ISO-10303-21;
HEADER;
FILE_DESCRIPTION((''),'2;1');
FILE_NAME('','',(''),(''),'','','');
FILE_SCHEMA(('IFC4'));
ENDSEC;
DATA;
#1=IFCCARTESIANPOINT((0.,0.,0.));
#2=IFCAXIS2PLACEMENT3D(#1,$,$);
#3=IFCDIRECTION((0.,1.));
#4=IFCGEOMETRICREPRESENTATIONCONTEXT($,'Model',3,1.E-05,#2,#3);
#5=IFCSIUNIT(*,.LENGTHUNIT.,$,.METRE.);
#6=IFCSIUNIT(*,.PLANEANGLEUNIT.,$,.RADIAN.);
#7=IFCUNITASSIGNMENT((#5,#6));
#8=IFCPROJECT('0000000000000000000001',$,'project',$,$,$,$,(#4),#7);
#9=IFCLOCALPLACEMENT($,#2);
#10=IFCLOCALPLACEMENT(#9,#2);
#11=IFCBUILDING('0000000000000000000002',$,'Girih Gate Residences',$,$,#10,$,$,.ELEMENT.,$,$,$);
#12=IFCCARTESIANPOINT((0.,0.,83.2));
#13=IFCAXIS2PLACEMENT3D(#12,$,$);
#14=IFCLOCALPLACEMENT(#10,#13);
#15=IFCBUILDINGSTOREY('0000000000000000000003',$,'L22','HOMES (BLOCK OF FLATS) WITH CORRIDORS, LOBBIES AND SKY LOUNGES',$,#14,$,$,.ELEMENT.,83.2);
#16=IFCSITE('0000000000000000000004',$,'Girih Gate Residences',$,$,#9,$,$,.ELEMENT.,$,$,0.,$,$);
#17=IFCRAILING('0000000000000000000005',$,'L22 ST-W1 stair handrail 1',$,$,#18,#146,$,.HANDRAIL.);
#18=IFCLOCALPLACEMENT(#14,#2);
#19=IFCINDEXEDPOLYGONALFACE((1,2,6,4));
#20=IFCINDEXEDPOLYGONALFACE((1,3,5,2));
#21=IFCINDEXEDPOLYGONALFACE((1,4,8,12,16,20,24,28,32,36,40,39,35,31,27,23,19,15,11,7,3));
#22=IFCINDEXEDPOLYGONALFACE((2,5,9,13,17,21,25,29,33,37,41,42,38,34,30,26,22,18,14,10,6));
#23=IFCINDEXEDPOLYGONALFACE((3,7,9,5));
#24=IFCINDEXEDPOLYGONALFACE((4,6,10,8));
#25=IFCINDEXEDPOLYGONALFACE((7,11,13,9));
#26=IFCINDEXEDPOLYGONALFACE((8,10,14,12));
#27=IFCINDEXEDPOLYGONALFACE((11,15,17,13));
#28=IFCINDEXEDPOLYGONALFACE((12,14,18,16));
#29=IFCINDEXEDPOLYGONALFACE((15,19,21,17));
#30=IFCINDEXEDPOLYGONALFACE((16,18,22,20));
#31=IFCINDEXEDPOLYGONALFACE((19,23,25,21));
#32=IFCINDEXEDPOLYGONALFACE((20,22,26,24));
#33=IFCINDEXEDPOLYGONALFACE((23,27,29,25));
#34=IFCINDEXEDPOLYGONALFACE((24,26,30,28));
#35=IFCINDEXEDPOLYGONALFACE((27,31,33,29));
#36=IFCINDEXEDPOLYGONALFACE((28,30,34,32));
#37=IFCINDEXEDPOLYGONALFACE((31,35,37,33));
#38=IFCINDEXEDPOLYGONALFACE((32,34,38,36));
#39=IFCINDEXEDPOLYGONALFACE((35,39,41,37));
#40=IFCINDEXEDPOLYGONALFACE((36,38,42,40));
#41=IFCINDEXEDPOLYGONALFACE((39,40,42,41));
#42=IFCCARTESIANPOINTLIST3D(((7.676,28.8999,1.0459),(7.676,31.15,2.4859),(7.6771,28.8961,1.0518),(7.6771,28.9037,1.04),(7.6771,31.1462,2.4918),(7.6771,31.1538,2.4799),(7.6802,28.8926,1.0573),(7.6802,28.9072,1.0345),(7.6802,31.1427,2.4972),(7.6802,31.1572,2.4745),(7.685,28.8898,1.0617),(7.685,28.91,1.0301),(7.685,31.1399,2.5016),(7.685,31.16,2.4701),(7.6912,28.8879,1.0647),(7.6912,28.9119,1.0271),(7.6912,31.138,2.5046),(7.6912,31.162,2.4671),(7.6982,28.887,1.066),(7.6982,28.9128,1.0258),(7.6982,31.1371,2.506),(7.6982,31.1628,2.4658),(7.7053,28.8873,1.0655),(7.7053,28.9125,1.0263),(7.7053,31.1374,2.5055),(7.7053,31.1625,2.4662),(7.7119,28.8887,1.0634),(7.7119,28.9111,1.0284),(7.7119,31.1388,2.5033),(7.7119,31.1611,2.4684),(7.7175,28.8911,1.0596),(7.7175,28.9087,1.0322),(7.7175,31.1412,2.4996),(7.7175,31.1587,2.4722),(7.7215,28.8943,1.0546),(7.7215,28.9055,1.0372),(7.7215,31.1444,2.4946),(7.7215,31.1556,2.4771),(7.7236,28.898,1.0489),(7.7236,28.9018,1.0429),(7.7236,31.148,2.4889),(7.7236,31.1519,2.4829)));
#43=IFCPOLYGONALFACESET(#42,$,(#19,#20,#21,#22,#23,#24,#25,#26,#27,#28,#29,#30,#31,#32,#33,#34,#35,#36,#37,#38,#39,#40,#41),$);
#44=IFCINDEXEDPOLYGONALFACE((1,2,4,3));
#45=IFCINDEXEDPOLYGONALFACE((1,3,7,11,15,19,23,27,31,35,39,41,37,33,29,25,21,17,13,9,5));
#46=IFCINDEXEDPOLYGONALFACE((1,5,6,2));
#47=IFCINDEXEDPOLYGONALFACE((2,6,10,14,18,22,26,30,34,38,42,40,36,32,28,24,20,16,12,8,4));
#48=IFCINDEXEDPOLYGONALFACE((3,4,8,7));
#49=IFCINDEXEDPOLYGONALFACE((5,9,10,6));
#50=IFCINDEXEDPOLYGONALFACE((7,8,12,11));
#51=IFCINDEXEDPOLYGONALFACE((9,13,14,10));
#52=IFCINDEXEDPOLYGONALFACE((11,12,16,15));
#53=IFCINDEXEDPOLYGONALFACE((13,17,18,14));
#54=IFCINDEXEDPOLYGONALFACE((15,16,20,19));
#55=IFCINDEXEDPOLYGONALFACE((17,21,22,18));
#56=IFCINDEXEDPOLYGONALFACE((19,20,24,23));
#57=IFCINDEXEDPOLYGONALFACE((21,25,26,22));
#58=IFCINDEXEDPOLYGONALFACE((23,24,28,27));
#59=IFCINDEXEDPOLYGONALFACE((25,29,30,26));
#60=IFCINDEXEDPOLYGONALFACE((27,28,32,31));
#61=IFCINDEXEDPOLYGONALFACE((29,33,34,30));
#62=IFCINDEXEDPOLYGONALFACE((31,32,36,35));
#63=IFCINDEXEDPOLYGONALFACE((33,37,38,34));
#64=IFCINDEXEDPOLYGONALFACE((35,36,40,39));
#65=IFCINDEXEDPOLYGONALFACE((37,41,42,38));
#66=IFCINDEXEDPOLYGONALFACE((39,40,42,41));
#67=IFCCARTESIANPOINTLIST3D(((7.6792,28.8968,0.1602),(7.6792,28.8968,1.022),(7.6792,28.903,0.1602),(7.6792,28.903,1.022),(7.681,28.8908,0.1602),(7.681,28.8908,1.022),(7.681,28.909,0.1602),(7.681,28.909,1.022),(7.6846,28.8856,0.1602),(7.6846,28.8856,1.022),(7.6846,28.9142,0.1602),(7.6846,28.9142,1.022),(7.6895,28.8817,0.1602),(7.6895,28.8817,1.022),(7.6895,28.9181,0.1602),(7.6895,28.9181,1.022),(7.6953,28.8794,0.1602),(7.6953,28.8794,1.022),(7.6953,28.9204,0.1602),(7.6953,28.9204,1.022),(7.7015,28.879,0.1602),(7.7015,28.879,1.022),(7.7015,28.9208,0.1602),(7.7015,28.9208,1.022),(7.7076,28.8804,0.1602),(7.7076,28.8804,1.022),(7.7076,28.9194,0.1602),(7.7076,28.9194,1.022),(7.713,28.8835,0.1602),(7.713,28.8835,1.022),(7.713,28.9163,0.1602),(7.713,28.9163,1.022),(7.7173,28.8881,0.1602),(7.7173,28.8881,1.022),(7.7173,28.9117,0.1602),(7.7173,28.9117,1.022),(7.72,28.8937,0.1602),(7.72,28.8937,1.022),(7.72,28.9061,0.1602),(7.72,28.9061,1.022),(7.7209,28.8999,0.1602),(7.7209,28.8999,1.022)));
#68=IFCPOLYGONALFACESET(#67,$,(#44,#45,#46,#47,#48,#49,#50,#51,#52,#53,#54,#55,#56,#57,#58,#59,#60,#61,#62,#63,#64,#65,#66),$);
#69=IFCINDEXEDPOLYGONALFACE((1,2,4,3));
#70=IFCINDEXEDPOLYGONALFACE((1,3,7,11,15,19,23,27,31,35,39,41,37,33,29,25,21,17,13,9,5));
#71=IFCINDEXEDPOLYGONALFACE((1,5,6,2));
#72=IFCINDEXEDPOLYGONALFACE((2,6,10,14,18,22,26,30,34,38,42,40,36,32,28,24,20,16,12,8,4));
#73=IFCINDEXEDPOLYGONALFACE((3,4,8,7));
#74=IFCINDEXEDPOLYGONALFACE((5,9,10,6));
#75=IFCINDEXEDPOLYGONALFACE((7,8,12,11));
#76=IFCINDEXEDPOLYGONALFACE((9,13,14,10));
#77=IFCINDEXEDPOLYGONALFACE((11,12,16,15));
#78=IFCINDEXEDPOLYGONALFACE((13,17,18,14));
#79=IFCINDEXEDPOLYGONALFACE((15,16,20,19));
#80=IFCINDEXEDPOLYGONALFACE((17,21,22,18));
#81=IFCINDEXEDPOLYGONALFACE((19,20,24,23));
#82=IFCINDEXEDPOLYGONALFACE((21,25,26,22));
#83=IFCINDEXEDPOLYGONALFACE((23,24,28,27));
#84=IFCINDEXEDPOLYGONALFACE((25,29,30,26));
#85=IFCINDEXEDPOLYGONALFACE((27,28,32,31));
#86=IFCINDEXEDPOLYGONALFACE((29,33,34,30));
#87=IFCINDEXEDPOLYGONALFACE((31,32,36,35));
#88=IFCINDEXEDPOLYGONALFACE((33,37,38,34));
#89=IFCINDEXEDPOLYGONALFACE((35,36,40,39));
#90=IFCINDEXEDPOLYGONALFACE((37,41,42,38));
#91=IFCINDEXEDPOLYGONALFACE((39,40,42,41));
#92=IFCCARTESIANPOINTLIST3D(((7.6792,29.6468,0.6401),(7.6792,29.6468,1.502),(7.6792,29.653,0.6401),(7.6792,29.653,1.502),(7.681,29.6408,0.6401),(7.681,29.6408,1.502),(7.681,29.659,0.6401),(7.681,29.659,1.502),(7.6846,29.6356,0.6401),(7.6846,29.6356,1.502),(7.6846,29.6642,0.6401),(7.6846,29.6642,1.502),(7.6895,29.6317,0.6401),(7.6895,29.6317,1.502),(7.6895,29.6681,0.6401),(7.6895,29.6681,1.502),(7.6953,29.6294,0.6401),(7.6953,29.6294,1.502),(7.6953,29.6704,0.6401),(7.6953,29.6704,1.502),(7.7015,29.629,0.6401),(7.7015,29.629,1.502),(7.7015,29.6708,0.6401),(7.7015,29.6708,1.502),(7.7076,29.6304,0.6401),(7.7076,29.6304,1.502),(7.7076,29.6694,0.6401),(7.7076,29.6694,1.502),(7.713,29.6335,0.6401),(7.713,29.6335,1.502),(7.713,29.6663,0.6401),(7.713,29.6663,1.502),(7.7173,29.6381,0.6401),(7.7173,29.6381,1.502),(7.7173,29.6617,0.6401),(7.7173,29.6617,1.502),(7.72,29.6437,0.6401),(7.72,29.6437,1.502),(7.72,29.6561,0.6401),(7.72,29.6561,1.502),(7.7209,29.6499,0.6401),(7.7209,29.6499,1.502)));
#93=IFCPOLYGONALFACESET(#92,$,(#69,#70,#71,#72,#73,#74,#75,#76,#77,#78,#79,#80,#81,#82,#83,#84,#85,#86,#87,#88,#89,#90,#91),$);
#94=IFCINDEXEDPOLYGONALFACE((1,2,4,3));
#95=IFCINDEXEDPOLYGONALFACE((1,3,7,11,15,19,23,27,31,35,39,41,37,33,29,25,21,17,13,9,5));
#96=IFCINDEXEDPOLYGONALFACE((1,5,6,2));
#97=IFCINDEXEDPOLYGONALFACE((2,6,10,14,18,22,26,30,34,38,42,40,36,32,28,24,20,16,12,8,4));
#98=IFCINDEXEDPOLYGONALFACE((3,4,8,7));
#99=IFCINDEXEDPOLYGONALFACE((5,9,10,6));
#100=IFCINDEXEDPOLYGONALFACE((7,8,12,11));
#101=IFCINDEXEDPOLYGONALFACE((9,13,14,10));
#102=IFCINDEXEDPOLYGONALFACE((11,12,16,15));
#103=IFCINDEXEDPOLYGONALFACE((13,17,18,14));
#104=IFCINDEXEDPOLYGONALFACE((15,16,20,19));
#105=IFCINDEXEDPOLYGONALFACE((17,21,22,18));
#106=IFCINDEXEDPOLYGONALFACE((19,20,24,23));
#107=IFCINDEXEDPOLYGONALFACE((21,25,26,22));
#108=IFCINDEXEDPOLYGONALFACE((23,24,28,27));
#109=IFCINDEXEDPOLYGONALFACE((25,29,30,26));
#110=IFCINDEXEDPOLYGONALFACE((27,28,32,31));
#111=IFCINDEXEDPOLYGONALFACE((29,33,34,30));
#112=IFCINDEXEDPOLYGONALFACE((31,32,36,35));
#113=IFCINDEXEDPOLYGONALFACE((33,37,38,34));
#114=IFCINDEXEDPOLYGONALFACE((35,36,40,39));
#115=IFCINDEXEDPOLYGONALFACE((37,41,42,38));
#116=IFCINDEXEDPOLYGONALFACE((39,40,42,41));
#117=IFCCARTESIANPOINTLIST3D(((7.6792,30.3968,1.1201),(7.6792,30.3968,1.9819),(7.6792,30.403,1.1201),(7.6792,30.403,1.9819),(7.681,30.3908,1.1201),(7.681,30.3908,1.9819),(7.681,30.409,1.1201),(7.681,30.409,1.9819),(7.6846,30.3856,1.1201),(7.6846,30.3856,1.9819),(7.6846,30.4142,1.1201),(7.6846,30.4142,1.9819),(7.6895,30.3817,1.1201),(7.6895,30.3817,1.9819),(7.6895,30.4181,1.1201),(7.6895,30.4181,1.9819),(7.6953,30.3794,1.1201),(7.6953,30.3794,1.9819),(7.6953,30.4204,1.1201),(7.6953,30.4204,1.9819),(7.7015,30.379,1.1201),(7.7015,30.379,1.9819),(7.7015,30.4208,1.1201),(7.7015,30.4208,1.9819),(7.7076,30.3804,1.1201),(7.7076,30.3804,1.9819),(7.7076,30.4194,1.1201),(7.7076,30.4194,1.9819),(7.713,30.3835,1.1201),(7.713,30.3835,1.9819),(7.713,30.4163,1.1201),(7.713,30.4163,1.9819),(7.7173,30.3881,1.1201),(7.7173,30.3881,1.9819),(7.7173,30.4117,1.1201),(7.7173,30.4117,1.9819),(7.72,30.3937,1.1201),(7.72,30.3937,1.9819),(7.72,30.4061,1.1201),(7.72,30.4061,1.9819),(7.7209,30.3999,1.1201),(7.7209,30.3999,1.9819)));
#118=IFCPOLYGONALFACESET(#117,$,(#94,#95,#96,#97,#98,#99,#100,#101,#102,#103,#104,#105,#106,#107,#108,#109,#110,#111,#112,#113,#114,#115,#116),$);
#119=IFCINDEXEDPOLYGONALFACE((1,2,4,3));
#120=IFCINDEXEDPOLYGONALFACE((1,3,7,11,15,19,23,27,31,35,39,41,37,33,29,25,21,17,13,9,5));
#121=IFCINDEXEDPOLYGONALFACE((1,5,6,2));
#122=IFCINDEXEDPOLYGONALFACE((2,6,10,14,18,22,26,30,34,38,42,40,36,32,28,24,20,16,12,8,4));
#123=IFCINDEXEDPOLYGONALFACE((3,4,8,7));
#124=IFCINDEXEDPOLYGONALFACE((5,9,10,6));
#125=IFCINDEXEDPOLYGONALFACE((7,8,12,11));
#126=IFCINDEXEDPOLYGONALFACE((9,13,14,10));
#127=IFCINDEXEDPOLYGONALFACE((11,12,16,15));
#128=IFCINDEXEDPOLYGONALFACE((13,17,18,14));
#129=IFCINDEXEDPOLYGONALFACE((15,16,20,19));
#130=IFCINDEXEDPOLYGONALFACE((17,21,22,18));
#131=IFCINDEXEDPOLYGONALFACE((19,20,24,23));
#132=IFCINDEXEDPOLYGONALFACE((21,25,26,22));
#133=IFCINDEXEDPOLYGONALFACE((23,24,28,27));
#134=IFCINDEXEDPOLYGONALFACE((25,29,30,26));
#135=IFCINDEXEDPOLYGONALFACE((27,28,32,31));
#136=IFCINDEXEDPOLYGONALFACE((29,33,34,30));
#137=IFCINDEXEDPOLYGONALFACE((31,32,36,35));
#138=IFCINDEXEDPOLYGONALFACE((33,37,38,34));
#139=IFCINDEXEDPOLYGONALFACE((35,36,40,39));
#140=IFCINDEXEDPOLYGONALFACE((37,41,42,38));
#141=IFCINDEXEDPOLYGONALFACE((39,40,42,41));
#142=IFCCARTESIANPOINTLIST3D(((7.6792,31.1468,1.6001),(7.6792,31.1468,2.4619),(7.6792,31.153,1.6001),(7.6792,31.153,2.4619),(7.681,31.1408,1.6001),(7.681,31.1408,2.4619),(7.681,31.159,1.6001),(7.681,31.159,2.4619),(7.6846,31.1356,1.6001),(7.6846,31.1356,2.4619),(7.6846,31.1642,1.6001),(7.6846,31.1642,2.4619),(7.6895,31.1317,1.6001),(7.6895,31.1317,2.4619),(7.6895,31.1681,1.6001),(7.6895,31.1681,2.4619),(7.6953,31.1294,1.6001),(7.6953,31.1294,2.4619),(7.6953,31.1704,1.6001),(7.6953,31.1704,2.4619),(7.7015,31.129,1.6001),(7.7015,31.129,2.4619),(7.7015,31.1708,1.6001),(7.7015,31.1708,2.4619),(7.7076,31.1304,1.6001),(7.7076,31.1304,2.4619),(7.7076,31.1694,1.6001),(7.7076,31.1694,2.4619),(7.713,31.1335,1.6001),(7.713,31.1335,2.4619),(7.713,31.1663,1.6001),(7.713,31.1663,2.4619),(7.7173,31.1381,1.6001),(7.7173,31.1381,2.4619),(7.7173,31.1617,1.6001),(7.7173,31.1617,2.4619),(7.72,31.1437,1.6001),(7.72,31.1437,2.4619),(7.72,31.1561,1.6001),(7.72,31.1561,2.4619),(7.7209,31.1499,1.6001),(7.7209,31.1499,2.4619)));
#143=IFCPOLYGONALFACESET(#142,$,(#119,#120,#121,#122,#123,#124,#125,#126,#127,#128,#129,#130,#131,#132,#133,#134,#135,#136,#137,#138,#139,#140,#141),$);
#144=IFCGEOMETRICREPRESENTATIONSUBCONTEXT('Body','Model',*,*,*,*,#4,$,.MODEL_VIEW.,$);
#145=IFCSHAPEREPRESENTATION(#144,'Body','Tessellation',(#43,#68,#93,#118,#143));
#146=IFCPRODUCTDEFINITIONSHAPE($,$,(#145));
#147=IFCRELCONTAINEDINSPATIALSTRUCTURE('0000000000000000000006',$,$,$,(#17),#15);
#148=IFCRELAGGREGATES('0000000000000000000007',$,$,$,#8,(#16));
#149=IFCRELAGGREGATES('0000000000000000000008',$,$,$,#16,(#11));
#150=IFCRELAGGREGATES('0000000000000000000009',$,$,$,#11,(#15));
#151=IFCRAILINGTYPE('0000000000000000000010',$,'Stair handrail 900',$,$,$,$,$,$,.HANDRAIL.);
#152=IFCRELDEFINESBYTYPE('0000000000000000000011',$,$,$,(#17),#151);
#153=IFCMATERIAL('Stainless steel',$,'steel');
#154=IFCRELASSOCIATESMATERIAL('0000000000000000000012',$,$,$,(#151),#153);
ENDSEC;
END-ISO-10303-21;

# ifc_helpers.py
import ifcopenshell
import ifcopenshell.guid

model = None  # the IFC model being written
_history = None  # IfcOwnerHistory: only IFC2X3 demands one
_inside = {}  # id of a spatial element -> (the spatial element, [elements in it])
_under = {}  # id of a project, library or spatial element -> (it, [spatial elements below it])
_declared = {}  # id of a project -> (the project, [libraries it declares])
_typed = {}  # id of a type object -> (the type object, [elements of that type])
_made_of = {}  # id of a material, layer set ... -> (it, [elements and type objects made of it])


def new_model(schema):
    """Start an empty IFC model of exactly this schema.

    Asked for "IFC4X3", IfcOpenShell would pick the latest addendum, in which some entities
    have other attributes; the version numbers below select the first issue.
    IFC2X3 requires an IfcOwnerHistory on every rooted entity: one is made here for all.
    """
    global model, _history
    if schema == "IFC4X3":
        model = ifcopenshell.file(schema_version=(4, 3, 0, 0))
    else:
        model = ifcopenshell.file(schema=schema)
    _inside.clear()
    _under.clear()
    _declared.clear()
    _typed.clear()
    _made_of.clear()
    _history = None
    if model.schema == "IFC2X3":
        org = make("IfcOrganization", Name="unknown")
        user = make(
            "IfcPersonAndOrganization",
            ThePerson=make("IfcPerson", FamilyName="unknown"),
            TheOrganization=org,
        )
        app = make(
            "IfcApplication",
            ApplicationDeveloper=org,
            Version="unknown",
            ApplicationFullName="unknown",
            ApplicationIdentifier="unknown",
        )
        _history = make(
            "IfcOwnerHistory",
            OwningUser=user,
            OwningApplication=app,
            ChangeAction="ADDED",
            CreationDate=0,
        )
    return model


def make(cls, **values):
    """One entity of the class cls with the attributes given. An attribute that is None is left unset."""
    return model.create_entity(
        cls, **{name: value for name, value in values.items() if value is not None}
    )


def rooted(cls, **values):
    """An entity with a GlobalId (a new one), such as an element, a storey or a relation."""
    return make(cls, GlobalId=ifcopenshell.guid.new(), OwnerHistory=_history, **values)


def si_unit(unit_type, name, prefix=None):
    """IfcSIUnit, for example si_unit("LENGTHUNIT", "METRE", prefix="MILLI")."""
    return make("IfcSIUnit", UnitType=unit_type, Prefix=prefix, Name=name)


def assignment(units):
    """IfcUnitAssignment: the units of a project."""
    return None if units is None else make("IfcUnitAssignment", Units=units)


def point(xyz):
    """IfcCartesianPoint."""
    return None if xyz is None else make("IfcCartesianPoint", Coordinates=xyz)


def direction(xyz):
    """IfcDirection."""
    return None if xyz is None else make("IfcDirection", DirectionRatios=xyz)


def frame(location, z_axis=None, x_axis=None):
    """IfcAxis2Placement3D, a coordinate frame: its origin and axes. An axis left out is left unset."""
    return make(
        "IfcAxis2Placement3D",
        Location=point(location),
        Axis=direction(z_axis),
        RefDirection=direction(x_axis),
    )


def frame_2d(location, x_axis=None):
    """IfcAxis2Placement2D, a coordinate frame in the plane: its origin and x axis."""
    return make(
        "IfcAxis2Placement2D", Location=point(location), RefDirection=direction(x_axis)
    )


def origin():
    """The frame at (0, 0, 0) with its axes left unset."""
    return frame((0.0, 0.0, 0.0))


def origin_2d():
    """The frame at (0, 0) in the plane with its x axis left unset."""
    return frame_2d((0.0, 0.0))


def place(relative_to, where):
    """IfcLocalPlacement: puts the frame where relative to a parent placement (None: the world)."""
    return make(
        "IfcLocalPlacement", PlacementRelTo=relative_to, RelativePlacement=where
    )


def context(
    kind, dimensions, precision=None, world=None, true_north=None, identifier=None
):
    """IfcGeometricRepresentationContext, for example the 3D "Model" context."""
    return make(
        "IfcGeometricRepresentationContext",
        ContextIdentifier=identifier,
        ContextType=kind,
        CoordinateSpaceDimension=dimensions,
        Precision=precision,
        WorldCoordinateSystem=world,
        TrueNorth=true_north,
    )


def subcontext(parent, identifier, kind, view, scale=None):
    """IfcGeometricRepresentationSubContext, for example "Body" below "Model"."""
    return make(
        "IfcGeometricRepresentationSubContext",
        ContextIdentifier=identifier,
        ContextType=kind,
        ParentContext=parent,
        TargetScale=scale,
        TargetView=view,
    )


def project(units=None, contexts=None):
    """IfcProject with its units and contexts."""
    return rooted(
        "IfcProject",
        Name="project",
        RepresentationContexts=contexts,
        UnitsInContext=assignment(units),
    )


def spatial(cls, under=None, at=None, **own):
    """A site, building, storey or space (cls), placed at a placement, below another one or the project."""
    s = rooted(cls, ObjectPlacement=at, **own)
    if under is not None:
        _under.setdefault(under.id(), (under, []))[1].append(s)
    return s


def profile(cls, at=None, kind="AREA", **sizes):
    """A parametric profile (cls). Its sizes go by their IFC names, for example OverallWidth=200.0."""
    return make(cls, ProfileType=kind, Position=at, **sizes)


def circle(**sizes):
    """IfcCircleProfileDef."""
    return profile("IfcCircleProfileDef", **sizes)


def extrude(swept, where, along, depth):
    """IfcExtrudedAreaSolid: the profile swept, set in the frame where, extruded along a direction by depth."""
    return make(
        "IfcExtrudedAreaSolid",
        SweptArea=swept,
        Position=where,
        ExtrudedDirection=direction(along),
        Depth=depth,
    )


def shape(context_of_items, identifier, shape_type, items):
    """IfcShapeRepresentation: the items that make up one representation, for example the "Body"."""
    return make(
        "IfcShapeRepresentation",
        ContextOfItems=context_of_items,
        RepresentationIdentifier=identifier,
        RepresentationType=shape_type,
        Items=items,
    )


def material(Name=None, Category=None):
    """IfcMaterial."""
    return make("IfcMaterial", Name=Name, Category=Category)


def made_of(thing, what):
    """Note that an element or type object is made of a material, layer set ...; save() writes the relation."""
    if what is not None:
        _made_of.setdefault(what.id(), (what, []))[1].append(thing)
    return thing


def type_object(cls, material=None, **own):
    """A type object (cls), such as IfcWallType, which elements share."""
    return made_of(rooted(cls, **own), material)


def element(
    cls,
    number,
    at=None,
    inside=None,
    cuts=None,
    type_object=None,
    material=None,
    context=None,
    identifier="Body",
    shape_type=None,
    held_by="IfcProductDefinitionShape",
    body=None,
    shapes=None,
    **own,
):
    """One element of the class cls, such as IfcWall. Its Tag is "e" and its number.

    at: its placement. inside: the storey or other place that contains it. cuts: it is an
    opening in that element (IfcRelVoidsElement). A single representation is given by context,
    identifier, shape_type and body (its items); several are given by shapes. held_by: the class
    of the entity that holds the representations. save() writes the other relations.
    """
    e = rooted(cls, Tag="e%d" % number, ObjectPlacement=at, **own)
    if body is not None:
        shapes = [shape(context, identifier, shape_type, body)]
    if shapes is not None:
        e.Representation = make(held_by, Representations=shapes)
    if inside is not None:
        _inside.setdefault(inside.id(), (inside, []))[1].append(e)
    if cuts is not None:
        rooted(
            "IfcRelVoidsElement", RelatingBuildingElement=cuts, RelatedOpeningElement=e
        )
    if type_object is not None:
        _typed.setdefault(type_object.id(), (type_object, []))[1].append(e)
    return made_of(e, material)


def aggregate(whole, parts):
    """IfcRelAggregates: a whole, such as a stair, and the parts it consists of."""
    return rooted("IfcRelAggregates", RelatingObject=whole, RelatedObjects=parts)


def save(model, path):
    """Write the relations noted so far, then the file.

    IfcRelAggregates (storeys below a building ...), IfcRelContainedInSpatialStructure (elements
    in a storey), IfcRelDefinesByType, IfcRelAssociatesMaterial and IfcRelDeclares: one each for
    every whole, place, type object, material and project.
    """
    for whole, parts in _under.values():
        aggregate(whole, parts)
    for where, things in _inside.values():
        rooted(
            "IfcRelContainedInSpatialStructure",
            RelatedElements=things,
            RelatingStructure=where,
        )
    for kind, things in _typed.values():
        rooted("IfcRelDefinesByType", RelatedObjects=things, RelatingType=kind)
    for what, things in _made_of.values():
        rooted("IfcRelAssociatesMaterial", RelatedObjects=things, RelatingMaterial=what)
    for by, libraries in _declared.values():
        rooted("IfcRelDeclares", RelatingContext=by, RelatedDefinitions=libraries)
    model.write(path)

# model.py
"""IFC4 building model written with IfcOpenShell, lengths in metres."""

from ifc_helpers import new_model, si_unit, direction, frame, origin, origin_2d, place, context, subcontext, project, spatial, circle, extrude, material, type_object, element, save


model = new_model("IFC4")

# Units and contexts
model_context = context("Model", 3, precision=1e-05, world=origin(), true_north=direction((0.0, 1.0)))
body_context = subcontext(model_context, "Body", "Model", "MODEL_VIEW")
ifc_project = project(units=[si_unit("LENGTHUNIT", "METRE"), si_unit("PLANEANGLEUNIT", "RADIAN")], contexts=[model_context])

# Site, building, storey
site_placement = place(None, origin())
site = spatial("IfcSite", under=ifc_project, at=site_placement, Name="Girih Gate Residences", CompositionType="ELEMENT", RefElevation=0.0)
building_placement = place(site_placement, origin())
building = spatial("IfcBuilding", under=site, at=building_placement, Name="Girih Gate Residences", CompositionType="ELEMENT")
storey_placement = place(building_placement, frame((0.0, 0.0, 83.2)))
storey = spatial("IfcBuildingStorey", under=building, at=storey_placement, Name="L22", Description="HOMES (BLOCK OF FLATS) WITH CORRIDORS, LOBBIES AND SKY LOUNGES", CompositionType="ELEMENT", Elevation=83.2)

# Railing
ifc_material_1 = material(Name="Stainless steel", Category="steel")
railing_type_1 = type_object("IfcRailingType", Name="Stair handrail 900", PredefinedType="HANDRAIL", material=ifc_material_1)
railing_1_placement = place(storey_placement, frame((7.7, 28.8999, 0.1602)))
element("IfcRailing", 1, at=railing_1_placement, inside=storey, type_object=railing_type_1, Name="L22 ST-W1 stair handrail 1", PredefinedType="HANDRAIL", context=body_context, shape_type="SweptSolid", body=[
    extrude(circle(Radius=0.0239, at=origin_2d()), frame((0.0, 0.0, 0.8857), z_axis=(0.0, 0.842281, 0.539038), x_axis=(-1.0, 0.0, 0.0)), (0.0, 0.0, 1.0), 2.6714),
    extrude(circle(Radius=0.021, at=origin_2d()), origin(), (0.0, 0.0, 1.0), 0.8618),
    extrude(circle(Radius=0.021, at=origin_2d()), frame((0.0, 0.75, 0.48)), (0.0, 0.0, 1.0), 0.8618),
    extrude(circle(Radius=0.021, at=origin_2d()), frame((0.0, 1.5, 0.96)), (0.0, 0.0, 1.0), 0.8618),
    extrude(circle(Radius=0.021, at=origin_2d()), frame((0.0, 2.25, 1.4399)), (0.0, 0.0, 1.0), 0.8618),
])

save(model, "model.ifc")
